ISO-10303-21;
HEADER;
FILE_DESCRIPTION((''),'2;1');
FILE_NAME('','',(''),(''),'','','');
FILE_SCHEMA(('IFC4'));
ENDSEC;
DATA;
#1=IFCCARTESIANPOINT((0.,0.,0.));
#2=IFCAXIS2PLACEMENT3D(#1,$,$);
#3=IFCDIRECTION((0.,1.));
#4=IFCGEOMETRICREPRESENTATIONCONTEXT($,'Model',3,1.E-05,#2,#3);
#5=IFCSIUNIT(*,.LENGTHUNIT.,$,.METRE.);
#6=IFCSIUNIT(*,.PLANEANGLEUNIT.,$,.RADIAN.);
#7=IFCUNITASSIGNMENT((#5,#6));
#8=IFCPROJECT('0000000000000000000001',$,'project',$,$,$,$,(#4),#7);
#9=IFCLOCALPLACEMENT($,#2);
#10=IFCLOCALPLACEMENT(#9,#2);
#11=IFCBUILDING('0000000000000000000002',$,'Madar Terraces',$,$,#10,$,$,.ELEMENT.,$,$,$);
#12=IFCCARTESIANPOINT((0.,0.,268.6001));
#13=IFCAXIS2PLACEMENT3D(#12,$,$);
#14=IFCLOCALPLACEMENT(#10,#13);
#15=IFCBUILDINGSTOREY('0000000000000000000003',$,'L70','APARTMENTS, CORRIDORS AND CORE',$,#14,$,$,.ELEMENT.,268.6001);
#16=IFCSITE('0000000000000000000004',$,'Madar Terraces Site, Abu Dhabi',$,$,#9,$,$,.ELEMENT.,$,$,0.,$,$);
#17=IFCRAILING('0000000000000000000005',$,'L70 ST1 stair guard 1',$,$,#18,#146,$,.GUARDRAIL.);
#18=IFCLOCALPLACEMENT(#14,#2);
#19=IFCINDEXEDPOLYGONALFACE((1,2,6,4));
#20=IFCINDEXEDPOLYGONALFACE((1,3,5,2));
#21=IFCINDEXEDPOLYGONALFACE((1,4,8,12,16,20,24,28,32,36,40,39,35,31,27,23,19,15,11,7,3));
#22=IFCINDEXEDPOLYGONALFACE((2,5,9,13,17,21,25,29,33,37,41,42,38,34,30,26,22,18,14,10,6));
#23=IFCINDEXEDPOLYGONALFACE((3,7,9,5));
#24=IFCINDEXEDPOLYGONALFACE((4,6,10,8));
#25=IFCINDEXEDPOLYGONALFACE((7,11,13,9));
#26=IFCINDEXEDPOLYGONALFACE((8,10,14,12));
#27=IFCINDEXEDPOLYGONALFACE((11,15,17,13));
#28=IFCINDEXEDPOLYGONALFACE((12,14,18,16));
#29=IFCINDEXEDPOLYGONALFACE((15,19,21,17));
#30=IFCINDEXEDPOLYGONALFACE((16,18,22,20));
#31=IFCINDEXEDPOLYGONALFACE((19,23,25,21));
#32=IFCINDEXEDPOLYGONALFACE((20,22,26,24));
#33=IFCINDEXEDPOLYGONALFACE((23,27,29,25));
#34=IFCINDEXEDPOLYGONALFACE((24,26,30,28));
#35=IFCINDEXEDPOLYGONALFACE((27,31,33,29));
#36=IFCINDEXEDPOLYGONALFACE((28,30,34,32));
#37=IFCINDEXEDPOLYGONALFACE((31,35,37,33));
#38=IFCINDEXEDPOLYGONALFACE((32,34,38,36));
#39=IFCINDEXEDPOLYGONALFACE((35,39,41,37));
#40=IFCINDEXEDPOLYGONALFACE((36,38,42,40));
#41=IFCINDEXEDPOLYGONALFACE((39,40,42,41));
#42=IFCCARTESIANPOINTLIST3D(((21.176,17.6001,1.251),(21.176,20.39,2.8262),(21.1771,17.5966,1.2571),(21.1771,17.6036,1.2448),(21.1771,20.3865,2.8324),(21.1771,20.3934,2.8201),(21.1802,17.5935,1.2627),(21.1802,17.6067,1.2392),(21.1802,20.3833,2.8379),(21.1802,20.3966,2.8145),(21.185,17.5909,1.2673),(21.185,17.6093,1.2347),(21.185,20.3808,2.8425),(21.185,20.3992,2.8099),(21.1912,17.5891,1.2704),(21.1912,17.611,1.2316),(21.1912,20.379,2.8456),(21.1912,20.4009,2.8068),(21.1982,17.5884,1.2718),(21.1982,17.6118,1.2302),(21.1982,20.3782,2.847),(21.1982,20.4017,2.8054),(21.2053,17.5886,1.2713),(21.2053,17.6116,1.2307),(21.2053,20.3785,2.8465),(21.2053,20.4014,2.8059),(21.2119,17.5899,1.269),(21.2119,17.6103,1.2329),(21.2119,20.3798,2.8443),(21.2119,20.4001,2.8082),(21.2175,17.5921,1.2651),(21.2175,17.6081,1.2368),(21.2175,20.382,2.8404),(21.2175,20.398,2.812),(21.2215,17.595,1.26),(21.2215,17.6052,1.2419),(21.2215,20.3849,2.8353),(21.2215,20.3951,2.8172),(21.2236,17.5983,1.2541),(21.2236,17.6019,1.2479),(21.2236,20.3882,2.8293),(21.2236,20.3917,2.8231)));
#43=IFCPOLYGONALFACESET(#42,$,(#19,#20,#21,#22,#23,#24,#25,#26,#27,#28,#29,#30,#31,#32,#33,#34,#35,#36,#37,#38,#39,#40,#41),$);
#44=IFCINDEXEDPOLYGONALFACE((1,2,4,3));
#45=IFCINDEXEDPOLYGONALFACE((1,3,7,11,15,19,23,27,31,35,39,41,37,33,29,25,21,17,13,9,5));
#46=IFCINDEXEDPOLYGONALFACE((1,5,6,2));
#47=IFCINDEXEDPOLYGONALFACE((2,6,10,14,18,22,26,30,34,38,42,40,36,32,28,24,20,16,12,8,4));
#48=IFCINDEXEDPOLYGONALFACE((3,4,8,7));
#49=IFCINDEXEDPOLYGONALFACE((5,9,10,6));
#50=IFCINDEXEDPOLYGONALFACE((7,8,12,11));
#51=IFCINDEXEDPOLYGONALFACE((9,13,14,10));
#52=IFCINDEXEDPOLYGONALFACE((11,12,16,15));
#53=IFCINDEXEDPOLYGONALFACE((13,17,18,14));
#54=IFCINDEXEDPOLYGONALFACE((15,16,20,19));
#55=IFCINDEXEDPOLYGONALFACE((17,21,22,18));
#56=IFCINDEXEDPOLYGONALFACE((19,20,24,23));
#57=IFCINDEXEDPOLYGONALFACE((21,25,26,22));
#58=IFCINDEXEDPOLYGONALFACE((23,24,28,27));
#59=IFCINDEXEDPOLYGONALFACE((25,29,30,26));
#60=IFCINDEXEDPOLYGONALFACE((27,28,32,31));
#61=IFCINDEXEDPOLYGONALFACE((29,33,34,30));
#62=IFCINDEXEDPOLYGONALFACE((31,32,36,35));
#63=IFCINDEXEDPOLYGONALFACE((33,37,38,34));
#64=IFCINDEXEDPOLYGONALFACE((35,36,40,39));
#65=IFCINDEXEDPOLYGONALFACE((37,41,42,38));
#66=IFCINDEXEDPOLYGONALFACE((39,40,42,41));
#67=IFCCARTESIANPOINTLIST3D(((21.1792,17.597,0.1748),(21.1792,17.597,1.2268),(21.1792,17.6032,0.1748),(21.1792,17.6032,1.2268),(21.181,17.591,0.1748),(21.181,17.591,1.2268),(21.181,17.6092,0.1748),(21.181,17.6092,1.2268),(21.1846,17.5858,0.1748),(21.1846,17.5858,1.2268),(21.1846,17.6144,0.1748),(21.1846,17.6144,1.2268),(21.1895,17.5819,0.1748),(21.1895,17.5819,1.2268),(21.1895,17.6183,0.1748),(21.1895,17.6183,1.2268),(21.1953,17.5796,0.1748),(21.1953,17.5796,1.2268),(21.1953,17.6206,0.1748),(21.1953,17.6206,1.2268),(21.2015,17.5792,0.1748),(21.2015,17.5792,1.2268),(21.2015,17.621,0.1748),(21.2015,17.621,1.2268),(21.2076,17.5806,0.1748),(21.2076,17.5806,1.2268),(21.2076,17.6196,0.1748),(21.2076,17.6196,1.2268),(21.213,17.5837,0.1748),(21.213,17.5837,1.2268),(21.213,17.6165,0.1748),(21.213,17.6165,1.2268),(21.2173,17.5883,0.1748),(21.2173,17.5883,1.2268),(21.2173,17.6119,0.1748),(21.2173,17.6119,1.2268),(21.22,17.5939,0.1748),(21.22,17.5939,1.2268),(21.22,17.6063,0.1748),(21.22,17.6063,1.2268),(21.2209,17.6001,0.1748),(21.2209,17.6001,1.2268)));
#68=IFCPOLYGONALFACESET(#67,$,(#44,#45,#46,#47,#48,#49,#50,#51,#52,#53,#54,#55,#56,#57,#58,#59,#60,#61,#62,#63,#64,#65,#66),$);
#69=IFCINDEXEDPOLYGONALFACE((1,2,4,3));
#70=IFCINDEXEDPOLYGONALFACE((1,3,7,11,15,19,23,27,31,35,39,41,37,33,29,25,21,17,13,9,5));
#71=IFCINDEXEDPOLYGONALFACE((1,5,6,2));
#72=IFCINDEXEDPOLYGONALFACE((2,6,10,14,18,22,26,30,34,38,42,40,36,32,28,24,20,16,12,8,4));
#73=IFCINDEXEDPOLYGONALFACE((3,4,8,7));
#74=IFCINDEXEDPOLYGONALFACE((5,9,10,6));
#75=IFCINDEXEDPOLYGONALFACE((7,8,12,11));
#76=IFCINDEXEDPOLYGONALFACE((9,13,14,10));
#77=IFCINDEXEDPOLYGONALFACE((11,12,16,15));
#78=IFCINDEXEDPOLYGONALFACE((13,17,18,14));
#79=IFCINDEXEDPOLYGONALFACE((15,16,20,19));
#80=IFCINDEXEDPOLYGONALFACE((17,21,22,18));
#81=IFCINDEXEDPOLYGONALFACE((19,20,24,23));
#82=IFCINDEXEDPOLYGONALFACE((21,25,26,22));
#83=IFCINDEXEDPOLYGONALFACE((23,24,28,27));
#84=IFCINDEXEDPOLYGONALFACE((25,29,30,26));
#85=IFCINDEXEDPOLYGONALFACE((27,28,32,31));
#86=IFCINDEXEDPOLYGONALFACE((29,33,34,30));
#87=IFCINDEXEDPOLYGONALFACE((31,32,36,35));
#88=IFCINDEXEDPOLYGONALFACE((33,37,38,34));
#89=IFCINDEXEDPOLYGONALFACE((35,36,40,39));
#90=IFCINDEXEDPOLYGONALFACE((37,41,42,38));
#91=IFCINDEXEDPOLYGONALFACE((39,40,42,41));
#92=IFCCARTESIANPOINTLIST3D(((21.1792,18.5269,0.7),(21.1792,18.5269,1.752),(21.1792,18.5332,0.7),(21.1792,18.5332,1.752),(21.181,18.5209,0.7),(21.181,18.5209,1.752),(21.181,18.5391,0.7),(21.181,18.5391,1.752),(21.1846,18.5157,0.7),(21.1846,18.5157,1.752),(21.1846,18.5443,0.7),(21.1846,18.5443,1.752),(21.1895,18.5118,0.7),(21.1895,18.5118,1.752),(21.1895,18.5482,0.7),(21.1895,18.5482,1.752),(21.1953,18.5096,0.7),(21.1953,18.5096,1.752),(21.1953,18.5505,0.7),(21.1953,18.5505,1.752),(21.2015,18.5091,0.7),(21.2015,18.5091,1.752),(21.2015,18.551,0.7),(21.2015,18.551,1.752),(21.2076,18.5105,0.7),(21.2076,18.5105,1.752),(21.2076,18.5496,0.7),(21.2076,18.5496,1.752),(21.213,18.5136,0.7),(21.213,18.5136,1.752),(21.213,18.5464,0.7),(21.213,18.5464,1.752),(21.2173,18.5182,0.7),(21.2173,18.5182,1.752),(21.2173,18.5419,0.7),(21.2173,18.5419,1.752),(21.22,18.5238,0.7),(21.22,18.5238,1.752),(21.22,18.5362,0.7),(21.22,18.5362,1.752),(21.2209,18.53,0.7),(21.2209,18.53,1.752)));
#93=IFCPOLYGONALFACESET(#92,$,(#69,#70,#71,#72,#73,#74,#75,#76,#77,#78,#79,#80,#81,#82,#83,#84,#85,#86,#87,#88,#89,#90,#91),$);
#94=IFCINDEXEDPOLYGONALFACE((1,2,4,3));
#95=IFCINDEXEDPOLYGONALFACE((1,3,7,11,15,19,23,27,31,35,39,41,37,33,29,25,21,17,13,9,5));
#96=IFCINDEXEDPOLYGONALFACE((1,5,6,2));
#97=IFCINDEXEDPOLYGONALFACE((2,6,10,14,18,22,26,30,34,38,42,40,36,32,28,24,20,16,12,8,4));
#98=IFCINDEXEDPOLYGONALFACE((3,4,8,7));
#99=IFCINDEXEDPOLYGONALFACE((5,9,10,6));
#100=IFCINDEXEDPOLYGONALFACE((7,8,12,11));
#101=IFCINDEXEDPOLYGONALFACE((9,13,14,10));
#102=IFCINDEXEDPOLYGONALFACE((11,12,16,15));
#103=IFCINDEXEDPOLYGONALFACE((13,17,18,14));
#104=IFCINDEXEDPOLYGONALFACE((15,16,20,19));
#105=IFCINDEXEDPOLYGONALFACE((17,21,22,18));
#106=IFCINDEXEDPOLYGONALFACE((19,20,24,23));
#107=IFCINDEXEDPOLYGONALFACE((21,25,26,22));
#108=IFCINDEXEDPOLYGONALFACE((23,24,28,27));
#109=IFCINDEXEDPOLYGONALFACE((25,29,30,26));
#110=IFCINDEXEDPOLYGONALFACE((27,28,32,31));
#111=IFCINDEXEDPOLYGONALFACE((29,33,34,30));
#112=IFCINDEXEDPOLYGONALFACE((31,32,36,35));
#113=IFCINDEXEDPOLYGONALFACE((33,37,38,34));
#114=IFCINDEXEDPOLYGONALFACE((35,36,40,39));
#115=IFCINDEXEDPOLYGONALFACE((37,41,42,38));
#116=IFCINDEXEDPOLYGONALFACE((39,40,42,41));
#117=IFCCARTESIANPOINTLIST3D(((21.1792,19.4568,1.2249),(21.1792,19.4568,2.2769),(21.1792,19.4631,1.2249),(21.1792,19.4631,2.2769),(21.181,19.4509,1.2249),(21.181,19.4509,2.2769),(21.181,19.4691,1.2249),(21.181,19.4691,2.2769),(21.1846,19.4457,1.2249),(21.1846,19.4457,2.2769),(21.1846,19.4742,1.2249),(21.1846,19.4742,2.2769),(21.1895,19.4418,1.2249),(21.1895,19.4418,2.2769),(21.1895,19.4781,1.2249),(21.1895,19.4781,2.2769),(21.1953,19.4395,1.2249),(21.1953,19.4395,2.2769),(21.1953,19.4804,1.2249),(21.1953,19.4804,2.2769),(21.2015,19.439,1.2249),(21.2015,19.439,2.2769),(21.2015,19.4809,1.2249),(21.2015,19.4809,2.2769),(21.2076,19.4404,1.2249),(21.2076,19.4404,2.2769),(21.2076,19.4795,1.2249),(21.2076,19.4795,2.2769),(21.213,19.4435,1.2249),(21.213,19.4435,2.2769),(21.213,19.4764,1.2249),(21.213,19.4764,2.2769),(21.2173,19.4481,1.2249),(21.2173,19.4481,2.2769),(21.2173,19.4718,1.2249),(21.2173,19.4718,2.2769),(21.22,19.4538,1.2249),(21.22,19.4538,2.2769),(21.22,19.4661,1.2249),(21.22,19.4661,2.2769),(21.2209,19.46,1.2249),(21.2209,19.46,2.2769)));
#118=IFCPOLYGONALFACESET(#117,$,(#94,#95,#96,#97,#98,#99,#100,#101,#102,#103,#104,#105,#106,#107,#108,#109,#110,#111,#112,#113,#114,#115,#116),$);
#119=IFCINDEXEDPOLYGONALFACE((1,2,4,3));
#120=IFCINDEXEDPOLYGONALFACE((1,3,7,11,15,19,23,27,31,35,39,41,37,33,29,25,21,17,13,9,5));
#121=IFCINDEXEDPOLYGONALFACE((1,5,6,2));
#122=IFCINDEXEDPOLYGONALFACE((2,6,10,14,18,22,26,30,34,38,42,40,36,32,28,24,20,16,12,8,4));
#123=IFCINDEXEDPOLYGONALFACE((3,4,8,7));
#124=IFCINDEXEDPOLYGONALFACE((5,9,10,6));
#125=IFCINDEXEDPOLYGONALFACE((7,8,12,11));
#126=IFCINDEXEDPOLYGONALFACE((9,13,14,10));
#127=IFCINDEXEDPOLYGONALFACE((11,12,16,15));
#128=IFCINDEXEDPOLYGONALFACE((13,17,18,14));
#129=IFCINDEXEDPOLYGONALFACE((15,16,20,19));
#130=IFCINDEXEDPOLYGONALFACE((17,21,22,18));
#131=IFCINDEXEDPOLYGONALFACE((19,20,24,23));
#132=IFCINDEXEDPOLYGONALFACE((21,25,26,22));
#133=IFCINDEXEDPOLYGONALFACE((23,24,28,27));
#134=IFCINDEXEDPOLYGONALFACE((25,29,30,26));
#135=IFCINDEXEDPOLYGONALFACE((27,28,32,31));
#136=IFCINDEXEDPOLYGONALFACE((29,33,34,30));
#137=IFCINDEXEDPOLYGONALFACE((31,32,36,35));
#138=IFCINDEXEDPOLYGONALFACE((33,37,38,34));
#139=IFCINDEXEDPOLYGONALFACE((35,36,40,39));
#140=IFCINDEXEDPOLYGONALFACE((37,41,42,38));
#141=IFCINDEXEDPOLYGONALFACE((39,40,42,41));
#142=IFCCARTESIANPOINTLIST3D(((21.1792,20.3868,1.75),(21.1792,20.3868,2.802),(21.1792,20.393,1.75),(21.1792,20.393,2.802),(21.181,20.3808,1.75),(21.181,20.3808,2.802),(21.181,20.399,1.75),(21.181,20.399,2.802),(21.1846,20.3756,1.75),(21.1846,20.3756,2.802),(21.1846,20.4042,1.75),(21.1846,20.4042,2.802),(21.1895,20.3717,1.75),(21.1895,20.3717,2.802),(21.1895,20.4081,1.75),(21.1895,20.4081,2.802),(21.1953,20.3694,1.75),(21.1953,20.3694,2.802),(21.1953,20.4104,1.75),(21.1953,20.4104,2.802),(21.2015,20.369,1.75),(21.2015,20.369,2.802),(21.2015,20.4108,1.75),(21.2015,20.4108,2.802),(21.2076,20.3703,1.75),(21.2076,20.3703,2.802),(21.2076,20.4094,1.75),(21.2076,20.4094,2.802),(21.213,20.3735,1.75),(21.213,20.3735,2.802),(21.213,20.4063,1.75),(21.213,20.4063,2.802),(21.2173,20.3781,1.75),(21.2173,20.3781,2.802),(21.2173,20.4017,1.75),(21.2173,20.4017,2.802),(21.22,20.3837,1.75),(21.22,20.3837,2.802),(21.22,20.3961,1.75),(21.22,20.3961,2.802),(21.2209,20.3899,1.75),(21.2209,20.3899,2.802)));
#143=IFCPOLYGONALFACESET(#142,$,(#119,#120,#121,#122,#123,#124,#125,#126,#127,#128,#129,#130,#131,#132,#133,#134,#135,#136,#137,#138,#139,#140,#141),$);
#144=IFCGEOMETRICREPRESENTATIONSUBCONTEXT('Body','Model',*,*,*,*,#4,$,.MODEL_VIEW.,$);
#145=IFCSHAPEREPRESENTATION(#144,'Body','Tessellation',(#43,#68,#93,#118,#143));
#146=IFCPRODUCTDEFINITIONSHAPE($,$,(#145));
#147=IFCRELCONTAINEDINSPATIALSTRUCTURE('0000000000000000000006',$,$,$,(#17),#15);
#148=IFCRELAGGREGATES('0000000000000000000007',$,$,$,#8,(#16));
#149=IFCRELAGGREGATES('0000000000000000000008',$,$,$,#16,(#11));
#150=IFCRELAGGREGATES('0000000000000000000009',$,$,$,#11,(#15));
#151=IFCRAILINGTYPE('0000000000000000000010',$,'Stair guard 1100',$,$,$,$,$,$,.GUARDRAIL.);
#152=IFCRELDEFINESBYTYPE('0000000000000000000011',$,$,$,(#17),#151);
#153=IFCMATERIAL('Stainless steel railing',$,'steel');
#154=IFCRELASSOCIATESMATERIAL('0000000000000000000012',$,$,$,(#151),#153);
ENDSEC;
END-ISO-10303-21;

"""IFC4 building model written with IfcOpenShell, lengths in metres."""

from ifc_helpers import new_model, si_unit, direction, frame, origin, origin_2d, place, context, subcontext, project, spatial, circle, extrude, material, type_object, element, save


model = new_model("IFC4")

# Units and contexts
model_context = context("Model", 3, precision=1e-05, world=origin(), true_north=direction((0.0, 1.0)))
body_context = subcontext(model_context, "Body", "Model", "MODEL_VIEW")
ifc_project = project(units=[si_unit("LENGTHUNIT", "METRE"), si_unit("PLANEANGLEUNIT", "RADIAN")], contexts=[model_context])

# Site, building, storey
site_placement = place(None, origin())
site = spatial("IfcSite", under=ifc_project, at=site_placement, Name="Madar Terraces Site, Abu Dhabi", CompositionType="ELEMENT", RefElevation=0.0)
building_placement = place(site_placement, origin())
building = spatial("IfcBuilding", under=site, at=building_placement, Name="Madar Terraces", CompositionType="ELEMENT")
storey_placement = place(building_placement, frame((0.0, 0.0, 268.6001)))
storey = spatial("IfcBuildingStorey", under=building, at=storey_placement, Name="L70", Description="APARTMENTS, CORRIDORS AND CORE", CompositionType="ELEMENT", Elevation=268.6001)

# Railing
ifc_material_1 = material(Name="Stainless steel railing", Category="steel")
railing_type_1 = type_object("IfcRailingType", Name="Stair guard 1100", PredefinedType="GUARDRAIL", material=ifc_material_1)
railing_1_placement = place(storey_placement, frame((21.2, 17.6001, 0.1748)))
element("IfcRailing", 1, at=railing_1_placement, inside=storey, type_object=railing_type_1, Name="L70 ST1 stair guard 1", PredefinedType="GUARDRAIL", context=body_context, shape_type="SweptSolid", body=[
    extrude(circle(Radius=0.0239, at=origin_2d()), frame((0.0, 0.0, 1.0762), z_axis=(0.0, 0.870783, 0.491668), x_axis=(-1.0, 0.0, 0.0)), (0.0, 0.0, 1.0), 3.2039),
    extrude(circle(Radius=0.021, at=origin_2d()), origin(), (0.0, 0.0, 1.0), 1.052),
    extrude(circle(Radius=0.021, at=origin_2d()), frame((0.0, 0.9299, 0.5251)), (0.0, 0.0, 1.0), 1.052),
    extrude(circle(Radius=0.021, at=origin_2d()), frame((0.0, 1.8599, 1.05)), (0.0, 0.0, 1.0), 1.052),
    extrude(circle(Radius=0.021, at=origin_2d()), frame((0.0, 2.7898, 1.5752)), (0.0, 0.0, 1.0), 1.052),
])

save(model, "model.ifc")
